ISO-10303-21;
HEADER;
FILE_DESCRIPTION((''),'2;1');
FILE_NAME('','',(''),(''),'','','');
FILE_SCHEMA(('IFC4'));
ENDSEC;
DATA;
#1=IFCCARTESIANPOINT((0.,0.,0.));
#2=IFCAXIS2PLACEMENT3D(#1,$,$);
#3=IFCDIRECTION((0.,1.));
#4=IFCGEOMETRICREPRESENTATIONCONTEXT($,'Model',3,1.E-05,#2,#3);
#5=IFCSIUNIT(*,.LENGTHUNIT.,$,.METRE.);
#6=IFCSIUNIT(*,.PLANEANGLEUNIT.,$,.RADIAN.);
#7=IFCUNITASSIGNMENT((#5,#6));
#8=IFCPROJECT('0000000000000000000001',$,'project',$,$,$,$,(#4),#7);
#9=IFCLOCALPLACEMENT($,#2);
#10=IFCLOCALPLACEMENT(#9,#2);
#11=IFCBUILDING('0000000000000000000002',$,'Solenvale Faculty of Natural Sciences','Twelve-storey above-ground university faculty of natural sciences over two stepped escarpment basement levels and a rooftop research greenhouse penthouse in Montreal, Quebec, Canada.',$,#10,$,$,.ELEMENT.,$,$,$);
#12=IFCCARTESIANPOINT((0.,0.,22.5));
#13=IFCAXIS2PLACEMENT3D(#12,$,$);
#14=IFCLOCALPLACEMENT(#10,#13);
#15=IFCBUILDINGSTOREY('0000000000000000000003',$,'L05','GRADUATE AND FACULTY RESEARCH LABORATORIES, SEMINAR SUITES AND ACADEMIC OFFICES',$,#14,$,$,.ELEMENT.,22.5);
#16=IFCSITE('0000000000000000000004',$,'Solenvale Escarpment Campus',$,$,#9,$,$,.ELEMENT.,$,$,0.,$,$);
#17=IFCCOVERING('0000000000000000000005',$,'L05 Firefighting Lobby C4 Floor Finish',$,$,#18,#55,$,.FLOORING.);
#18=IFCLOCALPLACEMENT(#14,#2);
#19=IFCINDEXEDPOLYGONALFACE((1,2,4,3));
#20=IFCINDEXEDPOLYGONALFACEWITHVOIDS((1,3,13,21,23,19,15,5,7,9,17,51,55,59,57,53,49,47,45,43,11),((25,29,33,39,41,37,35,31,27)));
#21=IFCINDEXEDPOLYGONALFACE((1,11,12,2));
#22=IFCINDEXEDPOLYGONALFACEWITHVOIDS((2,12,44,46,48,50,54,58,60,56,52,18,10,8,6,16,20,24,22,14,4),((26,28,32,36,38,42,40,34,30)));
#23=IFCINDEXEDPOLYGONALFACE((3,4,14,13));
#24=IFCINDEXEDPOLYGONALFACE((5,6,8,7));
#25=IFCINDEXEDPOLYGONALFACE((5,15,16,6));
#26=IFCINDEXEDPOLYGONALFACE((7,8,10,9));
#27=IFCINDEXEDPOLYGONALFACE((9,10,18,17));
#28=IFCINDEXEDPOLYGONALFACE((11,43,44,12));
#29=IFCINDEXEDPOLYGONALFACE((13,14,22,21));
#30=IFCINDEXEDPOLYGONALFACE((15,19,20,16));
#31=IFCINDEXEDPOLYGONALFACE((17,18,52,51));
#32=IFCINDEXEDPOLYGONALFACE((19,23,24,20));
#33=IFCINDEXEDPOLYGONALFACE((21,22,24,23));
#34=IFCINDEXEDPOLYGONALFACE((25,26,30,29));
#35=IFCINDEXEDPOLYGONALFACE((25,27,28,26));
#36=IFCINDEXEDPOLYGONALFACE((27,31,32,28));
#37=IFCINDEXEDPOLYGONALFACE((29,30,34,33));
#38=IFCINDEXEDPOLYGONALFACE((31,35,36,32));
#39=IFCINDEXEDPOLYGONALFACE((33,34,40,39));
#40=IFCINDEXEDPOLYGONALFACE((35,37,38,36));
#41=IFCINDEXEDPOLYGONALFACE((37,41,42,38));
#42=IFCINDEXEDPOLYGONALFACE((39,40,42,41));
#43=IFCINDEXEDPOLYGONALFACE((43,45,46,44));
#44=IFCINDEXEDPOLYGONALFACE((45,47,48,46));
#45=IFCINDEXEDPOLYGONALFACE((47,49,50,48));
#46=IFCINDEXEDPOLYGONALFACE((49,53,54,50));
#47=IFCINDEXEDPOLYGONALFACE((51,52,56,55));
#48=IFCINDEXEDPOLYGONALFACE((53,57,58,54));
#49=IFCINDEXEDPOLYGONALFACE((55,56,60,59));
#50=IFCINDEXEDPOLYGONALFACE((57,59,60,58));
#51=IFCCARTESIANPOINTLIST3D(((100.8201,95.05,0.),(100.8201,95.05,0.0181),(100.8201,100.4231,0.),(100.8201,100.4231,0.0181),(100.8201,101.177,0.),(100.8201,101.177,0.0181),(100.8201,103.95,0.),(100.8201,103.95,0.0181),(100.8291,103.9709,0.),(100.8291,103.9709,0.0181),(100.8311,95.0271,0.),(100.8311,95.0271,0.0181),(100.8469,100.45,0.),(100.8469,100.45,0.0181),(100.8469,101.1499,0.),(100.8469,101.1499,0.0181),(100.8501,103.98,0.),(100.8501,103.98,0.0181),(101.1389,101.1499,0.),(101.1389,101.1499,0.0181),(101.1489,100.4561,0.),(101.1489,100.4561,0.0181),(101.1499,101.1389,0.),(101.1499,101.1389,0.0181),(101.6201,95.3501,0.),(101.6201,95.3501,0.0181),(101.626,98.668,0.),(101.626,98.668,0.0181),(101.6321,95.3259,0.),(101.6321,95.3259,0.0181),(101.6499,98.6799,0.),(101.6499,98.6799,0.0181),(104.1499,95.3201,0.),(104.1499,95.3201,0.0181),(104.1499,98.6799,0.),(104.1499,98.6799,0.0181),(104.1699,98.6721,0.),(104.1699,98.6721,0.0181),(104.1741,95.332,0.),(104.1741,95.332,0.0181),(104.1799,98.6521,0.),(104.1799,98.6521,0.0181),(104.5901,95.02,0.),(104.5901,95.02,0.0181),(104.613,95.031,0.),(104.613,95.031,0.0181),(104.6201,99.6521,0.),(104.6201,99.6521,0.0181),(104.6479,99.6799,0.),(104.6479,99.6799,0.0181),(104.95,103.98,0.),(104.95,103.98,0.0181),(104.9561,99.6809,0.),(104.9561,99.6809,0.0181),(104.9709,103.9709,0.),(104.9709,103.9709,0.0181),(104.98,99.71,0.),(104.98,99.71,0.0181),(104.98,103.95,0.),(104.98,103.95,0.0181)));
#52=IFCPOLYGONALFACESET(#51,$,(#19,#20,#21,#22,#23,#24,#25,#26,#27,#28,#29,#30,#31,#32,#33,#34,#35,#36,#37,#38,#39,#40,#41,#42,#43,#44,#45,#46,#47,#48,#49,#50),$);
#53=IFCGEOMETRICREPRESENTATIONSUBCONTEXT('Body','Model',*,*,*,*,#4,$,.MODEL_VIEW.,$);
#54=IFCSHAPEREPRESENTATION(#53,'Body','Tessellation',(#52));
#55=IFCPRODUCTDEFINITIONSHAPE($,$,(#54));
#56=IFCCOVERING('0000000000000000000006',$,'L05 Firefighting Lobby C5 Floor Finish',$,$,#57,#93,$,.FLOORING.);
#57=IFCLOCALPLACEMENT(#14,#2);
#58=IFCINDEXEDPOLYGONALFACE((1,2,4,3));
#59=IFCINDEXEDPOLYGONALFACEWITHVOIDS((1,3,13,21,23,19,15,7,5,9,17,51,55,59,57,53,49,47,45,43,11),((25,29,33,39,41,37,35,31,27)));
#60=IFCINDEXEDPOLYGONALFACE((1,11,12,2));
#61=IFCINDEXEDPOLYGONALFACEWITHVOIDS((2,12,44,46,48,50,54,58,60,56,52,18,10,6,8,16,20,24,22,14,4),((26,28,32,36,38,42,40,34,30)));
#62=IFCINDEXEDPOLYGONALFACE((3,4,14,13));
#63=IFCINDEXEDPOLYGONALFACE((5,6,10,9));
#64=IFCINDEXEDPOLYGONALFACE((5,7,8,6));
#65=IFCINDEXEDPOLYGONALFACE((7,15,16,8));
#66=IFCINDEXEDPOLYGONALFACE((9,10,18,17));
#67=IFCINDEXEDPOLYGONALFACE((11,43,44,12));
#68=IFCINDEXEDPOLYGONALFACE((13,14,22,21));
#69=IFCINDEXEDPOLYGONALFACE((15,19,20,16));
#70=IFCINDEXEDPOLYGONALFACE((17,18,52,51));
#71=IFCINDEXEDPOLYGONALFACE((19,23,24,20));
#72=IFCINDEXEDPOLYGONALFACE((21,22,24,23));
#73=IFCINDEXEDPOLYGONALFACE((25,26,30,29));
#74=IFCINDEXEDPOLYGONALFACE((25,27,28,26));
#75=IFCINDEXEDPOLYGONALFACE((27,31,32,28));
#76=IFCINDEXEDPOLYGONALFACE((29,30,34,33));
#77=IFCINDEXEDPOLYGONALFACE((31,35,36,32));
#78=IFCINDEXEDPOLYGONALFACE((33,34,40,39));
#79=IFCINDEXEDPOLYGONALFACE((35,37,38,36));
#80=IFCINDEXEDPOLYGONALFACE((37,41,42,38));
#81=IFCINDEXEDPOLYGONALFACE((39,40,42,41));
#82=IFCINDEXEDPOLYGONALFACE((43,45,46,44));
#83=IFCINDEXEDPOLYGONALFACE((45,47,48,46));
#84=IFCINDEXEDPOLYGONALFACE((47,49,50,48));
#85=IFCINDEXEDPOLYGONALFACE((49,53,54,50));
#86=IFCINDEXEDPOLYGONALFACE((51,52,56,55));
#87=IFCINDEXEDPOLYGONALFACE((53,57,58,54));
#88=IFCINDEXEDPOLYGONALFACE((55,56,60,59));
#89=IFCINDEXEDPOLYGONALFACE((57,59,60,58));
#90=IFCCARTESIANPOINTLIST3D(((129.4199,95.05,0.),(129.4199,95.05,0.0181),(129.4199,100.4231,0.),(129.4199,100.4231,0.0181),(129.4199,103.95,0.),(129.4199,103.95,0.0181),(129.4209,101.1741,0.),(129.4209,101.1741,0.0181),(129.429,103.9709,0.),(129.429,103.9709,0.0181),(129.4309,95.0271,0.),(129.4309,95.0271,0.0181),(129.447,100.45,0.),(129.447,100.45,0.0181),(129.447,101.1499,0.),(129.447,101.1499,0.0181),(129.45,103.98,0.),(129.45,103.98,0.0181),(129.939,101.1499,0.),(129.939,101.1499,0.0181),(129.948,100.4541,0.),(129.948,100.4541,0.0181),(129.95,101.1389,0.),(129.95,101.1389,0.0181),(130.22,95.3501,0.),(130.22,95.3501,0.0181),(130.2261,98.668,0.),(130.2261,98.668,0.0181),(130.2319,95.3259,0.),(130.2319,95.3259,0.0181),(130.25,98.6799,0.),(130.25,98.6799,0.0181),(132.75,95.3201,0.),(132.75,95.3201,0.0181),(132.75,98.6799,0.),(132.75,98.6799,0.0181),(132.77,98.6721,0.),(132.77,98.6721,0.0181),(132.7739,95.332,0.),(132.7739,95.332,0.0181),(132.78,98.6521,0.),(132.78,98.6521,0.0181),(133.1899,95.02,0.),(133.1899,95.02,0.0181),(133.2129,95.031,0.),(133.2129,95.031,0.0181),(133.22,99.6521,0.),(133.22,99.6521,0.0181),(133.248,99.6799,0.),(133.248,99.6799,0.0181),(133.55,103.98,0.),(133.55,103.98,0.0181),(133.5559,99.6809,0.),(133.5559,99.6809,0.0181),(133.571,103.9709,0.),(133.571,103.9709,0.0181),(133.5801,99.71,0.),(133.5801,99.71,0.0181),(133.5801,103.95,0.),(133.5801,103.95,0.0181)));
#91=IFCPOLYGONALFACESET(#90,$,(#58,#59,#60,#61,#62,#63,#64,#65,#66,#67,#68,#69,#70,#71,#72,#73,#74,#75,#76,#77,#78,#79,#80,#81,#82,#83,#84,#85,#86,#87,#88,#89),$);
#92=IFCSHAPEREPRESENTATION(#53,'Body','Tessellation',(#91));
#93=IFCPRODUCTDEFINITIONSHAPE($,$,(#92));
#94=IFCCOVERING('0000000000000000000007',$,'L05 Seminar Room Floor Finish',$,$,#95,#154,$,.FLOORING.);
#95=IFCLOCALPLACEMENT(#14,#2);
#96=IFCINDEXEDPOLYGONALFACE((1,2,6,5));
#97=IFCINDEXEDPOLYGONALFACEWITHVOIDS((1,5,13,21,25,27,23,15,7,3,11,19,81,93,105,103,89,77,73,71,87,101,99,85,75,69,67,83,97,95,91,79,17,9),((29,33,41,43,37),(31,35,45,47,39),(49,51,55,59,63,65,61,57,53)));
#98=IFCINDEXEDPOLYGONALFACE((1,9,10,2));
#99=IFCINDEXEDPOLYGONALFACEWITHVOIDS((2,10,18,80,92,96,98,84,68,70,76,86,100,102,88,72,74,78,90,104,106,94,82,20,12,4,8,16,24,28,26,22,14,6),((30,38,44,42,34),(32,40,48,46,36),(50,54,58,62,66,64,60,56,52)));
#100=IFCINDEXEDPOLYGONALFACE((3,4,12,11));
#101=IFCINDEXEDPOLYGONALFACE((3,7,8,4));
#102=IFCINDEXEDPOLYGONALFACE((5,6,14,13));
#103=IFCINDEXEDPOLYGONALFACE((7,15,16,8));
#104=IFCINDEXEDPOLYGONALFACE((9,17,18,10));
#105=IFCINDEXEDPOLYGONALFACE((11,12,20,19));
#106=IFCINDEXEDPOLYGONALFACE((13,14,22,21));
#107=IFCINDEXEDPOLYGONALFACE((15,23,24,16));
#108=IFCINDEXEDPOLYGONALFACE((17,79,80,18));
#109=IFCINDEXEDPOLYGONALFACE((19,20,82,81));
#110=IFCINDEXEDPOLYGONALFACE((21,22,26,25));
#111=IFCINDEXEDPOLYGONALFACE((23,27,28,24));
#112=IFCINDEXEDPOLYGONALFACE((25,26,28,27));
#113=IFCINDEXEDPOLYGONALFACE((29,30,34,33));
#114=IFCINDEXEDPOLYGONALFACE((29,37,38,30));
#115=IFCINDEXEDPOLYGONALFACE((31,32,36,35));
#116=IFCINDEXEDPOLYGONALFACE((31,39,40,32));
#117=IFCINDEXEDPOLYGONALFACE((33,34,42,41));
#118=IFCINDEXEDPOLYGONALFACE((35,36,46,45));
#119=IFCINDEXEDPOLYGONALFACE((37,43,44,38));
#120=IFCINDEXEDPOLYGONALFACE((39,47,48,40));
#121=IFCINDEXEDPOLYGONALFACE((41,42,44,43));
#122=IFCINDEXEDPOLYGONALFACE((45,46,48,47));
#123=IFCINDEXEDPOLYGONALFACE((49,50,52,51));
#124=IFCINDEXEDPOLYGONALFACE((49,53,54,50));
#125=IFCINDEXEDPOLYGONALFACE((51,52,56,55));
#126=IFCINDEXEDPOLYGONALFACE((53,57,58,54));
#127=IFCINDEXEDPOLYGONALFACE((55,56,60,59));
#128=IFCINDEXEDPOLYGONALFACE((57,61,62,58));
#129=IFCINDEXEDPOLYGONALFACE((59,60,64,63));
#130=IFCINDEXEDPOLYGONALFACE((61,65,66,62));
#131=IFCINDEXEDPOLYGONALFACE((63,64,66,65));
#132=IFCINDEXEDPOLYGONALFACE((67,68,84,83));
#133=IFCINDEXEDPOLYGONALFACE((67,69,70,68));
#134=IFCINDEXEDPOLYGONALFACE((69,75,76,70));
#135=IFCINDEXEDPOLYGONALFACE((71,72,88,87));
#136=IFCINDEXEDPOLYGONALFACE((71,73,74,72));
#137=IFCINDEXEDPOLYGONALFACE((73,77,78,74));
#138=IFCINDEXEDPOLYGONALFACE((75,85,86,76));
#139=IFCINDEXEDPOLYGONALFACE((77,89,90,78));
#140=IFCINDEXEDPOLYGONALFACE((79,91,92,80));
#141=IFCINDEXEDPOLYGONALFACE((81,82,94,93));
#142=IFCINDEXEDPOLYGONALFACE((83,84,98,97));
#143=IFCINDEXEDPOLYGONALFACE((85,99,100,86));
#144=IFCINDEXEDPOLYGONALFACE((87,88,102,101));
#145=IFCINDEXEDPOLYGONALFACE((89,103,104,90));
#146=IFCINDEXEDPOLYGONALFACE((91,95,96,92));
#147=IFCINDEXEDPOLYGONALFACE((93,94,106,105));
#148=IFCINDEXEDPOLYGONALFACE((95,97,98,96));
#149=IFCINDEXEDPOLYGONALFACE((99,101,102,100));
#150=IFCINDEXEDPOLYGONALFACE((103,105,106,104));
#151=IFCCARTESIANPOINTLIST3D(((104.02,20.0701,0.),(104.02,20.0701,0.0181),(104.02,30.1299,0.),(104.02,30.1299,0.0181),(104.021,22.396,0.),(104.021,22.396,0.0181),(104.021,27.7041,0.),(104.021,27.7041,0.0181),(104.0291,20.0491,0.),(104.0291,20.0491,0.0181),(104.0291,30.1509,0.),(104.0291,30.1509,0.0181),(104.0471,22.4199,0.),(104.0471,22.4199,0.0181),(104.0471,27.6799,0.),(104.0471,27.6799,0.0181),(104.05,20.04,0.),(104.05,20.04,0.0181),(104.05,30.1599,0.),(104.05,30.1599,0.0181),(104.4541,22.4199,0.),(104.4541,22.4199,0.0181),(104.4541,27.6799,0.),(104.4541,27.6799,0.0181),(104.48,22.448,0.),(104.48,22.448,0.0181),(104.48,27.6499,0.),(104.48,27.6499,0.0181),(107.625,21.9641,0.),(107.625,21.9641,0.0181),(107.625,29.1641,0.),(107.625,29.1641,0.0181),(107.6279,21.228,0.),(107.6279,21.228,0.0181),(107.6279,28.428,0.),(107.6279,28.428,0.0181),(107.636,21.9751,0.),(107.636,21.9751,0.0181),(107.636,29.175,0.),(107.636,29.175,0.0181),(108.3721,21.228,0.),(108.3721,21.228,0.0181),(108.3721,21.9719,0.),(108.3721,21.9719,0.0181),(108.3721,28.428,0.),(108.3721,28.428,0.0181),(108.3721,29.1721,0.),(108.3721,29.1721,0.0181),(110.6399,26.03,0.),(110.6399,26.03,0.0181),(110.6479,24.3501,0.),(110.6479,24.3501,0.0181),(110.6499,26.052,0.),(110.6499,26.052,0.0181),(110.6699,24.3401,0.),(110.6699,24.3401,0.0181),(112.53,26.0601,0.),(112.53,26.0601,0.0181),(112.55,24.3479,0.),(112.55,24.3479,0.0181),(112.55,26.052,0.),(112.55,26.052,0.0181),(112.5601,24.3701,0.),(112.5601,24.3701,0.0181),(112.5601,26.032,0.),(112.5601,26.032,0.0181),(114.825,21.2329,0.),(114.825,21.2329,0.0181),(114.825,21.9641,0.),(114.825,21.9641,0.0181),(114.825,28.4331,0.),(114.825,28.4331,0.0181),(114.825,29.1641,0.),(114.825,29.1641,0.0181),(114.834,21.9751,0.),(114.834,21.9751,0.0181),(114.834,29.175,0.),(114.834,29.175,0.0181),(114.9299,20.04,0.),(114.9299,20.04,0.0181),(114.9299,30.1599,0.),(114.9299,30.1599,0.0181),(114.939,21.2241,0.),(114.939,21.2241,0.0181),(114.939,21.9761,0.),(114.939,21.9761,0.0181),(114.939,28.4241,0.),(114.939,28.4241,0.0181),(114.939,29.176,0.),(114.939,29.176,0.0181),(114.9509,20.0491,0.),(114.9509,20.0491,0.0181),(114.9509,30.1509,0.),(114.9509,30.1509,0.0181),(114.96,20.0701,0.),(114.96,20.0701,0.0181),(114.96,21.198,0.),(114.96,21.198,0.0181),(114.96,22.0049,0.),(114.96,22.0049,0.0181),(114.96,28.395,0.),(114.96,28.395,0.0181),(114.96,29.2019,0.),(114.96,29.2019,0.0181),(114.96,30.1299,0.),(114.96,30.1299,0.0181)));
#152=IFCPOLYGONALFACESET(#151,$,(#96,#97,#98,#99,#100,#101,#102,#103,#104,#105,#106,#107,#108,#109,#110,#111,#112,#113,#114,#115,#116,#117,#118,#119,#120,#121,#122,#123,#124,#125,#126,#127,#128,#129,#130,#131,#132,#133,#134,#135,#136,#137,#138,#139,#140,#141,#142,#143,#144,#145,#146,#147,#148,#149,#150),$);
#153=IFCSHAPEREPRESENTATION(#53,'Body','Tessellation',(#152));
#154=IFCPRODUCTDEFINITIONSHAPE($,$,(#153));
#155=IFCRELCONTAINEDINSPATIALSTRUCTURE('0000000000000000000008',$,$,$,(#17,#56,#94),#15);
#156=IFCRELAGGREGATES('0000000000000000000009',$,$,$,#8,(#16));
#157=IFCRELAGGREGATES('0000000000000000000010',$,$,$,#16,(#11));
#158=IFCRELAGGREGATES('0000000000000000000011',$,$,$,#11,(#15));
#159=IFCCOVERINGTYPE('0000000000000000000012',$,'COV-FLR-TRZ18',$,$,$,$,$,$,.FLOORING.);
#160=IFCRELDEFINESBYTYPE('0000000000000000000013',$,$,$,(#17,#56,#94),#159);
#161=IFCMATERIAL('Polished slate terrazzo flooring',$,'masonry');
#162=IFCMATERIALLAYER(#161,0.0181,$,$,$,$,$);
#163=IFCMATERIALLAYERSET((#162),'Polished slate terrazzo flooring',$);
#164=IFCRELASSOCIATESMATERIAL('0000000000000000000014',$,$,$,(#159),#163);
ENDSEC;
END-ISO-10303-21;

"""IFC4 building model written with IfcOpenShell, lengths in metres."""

from ifc_helpers import new_model, si_unit, direction, frame, origin, place, context, subcontext, project, spatial, polyline, outline, extrude, material, layer, layer_set, type_object, element, save


model = new_model("IFC4")

# Units and contexts
model_context = context("Model", 3, precision=1e-05, world=origin(), true_north=direction((0.0, 1.0)))
body_context = subcontext(model_context, "Body", "Model", "MODEL_VIEW")
ifc_project = project(units=[si_unit("LENGTHUNIT", "METRE"), si_unit("PLANEANGLEUNIT", "RADIAN")], contexts=[model_context])

# Site, building, storey
site_placement = place(None, origin())
site = spatial("IfcSite", under=ifc_project, at=site_placement, Name="Solenvale Escarpment Campus", CompositionType="ELEMENT", RefElevation=0.0)
building_placement = place(site_placement, origin())
building = spatial("IfcBuilding", under=site, at=building_placement, Name="Solenvale Faculty of Natural Sciences", Description="Twelve-storey above-ground university faculty of natural sciences over two stepped escarpment basement levels and a rooftop research greenhouse penthouse in Montreal, Quebec, Canada.", CompositionType="ELEMENT")
storey_placement = place(building_placement, frame((0.0, 0.0, 22.5)))
storey = spatial("IfcBuildingStorey", under=building, at=storey_placement, Name="L05", Description="GRADUATE AND FACULTY RESEARCH LABORATORIES, SEMINAR SUITES AND ACADEMIC OFFICES", CompositionType="ELEMENT", Elevation=22.5)

# Coverings
ifc_material_1 = material(Name="Polished slate terrazzo flooring", Category="masonry")
ifc_layer_1 = layer(ifc_material_1, 0.0181)
ifc_layer_set_1 = layer_set([ifc_layer_1], Name="Polished slate terrazzo flooring")
covering_type_1 = type_object("IfcCoveringType", Name="COV-FLR-TRZ18", PredefinedType="FLOORING", material=ifc_layer_set_1)
covering_1_placement = place(storey_placement, origin())
element("IfcCovering", 1, at=covering_1_placement, inside=storey, type_object=covering_type_1, Name="L05 Firefighting Lobby C4 Floor Finish", PredefinedType="FLOORING", context=body_context, shape_type="SweptSolid", body=[
    extrude(outline(polyline([(104.98, 99.71), (104.9561, 99.6809), (104.6479, 99.6799), (104.6201, 99.6521), (104.613, 95.031), (104.5901, 95.02), (100.8311, 95.0271), (100.8201, 95.05), (100.8201, 100.4231), (100.8469, 100.45), (101.1489, 100.4561), (101.1499, 101.1389), (101.1389, 101.1499), (100.8469, 101.1499), (100.8201, 101.177), (100.8201, 103.95), (100.8291, 103.9709), (100.8501, 103.98), (104.95, 103.98), (104.9709, 103.9709), (104.98, 103.95), (104.98, 99.71)]), holes=[polyline([(104.1799, 98.6521), (104.1699, 98.6721), (104.1499, 98.6799), (101.6499, 98.6799), (101.626, 98.668), (101.6201, 95.3501), (101.6321, 95.3259), (104.1499, 95.3201), (104.1741, 95.332), (104.1799, 98.6521)])]), origin(), (0.0, 0.0, 1.0), 0.0181),
])
covering_2_placement = place(storey_placement, origin())
element("IfcCovering", 2, at=covering_2_placement, inside=storey, type_object=covering_type_1, Name="L05 Firefighting Lobby C5 Floor Finish", PredefinedType="FLOORING", context=body_context, shape_type="SweptSolid", body=[
    extrude(outline(polyline([(133.5801, 99.71), (133.5559, 99.6809), (133.248, 99.6799), (133.22, 99.6521), (133.2129, 95.031), (133.1899, 95.02), (129.4309, 95.0271), (129.4199, 95.05), (129.4199, 100.4231), (129.447, 100.45), (129.948, 100.4541), (129.95, 101.1389), (129.939, 101.1499), (129.447, 101.1499), (129.4209, 101.1741), (129.4199, 103.95), (129.429, 103.9709), (129.45, 103.98), (133.55, 103.98), (133.571, 103.9709), (133.5801, 103.95), (133.5801, 99.71)]), holes=[polyline([(132.78, 98.6521), (132.77, 98.6721), (132.75, 98.6799), (130.25, 98.6799), (130.2261, 98.668), (130.22, 95.3501), (130.2319, 95.3259), (132.75, 95.3201), (132.7739, 95.332), (132.78, 98.6521)])]), origin(), (0.0, 0.0, 1.0), 0.0181),
])
covering_3_placement = place(storey_placement, origin())
element("IfcCovering", 3, at=covering_3_placement, inside=storey, type_object=covering_type_1, Name="L05 Seminar Room Floor Finish", PredefinedType="FLOORING", context=body_context, shape_type="SweptSolid", body=[
    extrude(outline(polyline([(104.05, 20.04), (104.0291, 20.0491), (104.02, 20.0701), (104.021, 22.396), (104.0471, 22.4199), (104.4541, 22.4199), (104.48, 22.448), (104.48, 27.6499), (104.4541, 27.6799), (104.0471, 27.6799), (104.021, 27.7041), (104.02, 30.1299), (104.0291, 30.1509), (104.05, 30.1599), (114.9299, 30.1599), (114.9509, 30.1509), (114.96, 30.1299), (114.96, 29.2019), (114.939, 29.176), (114.834, 29.175), (114.825, 29.1641), (114.825, 28.4331), (114.939, 28.4241), (114.96, 28.395), (114.96, 22.0049), (114.939, 21.9761), (114.834, 21.9751), (114.825, 21.9641), (114.825, 21.2329), (114.939, 21.2241), (114.96, 21.198), (114.96, 20.0701), (114.9509, 20.0491), (114.9299, 20.04), (104.05, 20.04)]), holes=[polyline([(112.5601, 26.032), (112.55, 26.052), (112.53, 26.0601), (110.6499, 26.052), (110.6399, 26.03), (110.6479, 24.3501), (110.6699, 24.3401), (112.55, 24.3479), (112.5601, 24.3701), (112.5601, 26.032)]), polyline([(107.636, 21.9751), (107.625, 21.9641), (107.6279, 21.228), (108.3721, 21.228), (108.3721, 21.9719), (107.636, 21.9751)]), polyline([(107.636, 29.175), (107.625, 29.1641), (107.6279, 28.428), (108.3721, 28.428), (108.3721, 29.1721), (107.636, 29.175)])]), origin(), (0.0, 0.0, 1.0), 0.0181),
])

save(model, "model.ifc")
